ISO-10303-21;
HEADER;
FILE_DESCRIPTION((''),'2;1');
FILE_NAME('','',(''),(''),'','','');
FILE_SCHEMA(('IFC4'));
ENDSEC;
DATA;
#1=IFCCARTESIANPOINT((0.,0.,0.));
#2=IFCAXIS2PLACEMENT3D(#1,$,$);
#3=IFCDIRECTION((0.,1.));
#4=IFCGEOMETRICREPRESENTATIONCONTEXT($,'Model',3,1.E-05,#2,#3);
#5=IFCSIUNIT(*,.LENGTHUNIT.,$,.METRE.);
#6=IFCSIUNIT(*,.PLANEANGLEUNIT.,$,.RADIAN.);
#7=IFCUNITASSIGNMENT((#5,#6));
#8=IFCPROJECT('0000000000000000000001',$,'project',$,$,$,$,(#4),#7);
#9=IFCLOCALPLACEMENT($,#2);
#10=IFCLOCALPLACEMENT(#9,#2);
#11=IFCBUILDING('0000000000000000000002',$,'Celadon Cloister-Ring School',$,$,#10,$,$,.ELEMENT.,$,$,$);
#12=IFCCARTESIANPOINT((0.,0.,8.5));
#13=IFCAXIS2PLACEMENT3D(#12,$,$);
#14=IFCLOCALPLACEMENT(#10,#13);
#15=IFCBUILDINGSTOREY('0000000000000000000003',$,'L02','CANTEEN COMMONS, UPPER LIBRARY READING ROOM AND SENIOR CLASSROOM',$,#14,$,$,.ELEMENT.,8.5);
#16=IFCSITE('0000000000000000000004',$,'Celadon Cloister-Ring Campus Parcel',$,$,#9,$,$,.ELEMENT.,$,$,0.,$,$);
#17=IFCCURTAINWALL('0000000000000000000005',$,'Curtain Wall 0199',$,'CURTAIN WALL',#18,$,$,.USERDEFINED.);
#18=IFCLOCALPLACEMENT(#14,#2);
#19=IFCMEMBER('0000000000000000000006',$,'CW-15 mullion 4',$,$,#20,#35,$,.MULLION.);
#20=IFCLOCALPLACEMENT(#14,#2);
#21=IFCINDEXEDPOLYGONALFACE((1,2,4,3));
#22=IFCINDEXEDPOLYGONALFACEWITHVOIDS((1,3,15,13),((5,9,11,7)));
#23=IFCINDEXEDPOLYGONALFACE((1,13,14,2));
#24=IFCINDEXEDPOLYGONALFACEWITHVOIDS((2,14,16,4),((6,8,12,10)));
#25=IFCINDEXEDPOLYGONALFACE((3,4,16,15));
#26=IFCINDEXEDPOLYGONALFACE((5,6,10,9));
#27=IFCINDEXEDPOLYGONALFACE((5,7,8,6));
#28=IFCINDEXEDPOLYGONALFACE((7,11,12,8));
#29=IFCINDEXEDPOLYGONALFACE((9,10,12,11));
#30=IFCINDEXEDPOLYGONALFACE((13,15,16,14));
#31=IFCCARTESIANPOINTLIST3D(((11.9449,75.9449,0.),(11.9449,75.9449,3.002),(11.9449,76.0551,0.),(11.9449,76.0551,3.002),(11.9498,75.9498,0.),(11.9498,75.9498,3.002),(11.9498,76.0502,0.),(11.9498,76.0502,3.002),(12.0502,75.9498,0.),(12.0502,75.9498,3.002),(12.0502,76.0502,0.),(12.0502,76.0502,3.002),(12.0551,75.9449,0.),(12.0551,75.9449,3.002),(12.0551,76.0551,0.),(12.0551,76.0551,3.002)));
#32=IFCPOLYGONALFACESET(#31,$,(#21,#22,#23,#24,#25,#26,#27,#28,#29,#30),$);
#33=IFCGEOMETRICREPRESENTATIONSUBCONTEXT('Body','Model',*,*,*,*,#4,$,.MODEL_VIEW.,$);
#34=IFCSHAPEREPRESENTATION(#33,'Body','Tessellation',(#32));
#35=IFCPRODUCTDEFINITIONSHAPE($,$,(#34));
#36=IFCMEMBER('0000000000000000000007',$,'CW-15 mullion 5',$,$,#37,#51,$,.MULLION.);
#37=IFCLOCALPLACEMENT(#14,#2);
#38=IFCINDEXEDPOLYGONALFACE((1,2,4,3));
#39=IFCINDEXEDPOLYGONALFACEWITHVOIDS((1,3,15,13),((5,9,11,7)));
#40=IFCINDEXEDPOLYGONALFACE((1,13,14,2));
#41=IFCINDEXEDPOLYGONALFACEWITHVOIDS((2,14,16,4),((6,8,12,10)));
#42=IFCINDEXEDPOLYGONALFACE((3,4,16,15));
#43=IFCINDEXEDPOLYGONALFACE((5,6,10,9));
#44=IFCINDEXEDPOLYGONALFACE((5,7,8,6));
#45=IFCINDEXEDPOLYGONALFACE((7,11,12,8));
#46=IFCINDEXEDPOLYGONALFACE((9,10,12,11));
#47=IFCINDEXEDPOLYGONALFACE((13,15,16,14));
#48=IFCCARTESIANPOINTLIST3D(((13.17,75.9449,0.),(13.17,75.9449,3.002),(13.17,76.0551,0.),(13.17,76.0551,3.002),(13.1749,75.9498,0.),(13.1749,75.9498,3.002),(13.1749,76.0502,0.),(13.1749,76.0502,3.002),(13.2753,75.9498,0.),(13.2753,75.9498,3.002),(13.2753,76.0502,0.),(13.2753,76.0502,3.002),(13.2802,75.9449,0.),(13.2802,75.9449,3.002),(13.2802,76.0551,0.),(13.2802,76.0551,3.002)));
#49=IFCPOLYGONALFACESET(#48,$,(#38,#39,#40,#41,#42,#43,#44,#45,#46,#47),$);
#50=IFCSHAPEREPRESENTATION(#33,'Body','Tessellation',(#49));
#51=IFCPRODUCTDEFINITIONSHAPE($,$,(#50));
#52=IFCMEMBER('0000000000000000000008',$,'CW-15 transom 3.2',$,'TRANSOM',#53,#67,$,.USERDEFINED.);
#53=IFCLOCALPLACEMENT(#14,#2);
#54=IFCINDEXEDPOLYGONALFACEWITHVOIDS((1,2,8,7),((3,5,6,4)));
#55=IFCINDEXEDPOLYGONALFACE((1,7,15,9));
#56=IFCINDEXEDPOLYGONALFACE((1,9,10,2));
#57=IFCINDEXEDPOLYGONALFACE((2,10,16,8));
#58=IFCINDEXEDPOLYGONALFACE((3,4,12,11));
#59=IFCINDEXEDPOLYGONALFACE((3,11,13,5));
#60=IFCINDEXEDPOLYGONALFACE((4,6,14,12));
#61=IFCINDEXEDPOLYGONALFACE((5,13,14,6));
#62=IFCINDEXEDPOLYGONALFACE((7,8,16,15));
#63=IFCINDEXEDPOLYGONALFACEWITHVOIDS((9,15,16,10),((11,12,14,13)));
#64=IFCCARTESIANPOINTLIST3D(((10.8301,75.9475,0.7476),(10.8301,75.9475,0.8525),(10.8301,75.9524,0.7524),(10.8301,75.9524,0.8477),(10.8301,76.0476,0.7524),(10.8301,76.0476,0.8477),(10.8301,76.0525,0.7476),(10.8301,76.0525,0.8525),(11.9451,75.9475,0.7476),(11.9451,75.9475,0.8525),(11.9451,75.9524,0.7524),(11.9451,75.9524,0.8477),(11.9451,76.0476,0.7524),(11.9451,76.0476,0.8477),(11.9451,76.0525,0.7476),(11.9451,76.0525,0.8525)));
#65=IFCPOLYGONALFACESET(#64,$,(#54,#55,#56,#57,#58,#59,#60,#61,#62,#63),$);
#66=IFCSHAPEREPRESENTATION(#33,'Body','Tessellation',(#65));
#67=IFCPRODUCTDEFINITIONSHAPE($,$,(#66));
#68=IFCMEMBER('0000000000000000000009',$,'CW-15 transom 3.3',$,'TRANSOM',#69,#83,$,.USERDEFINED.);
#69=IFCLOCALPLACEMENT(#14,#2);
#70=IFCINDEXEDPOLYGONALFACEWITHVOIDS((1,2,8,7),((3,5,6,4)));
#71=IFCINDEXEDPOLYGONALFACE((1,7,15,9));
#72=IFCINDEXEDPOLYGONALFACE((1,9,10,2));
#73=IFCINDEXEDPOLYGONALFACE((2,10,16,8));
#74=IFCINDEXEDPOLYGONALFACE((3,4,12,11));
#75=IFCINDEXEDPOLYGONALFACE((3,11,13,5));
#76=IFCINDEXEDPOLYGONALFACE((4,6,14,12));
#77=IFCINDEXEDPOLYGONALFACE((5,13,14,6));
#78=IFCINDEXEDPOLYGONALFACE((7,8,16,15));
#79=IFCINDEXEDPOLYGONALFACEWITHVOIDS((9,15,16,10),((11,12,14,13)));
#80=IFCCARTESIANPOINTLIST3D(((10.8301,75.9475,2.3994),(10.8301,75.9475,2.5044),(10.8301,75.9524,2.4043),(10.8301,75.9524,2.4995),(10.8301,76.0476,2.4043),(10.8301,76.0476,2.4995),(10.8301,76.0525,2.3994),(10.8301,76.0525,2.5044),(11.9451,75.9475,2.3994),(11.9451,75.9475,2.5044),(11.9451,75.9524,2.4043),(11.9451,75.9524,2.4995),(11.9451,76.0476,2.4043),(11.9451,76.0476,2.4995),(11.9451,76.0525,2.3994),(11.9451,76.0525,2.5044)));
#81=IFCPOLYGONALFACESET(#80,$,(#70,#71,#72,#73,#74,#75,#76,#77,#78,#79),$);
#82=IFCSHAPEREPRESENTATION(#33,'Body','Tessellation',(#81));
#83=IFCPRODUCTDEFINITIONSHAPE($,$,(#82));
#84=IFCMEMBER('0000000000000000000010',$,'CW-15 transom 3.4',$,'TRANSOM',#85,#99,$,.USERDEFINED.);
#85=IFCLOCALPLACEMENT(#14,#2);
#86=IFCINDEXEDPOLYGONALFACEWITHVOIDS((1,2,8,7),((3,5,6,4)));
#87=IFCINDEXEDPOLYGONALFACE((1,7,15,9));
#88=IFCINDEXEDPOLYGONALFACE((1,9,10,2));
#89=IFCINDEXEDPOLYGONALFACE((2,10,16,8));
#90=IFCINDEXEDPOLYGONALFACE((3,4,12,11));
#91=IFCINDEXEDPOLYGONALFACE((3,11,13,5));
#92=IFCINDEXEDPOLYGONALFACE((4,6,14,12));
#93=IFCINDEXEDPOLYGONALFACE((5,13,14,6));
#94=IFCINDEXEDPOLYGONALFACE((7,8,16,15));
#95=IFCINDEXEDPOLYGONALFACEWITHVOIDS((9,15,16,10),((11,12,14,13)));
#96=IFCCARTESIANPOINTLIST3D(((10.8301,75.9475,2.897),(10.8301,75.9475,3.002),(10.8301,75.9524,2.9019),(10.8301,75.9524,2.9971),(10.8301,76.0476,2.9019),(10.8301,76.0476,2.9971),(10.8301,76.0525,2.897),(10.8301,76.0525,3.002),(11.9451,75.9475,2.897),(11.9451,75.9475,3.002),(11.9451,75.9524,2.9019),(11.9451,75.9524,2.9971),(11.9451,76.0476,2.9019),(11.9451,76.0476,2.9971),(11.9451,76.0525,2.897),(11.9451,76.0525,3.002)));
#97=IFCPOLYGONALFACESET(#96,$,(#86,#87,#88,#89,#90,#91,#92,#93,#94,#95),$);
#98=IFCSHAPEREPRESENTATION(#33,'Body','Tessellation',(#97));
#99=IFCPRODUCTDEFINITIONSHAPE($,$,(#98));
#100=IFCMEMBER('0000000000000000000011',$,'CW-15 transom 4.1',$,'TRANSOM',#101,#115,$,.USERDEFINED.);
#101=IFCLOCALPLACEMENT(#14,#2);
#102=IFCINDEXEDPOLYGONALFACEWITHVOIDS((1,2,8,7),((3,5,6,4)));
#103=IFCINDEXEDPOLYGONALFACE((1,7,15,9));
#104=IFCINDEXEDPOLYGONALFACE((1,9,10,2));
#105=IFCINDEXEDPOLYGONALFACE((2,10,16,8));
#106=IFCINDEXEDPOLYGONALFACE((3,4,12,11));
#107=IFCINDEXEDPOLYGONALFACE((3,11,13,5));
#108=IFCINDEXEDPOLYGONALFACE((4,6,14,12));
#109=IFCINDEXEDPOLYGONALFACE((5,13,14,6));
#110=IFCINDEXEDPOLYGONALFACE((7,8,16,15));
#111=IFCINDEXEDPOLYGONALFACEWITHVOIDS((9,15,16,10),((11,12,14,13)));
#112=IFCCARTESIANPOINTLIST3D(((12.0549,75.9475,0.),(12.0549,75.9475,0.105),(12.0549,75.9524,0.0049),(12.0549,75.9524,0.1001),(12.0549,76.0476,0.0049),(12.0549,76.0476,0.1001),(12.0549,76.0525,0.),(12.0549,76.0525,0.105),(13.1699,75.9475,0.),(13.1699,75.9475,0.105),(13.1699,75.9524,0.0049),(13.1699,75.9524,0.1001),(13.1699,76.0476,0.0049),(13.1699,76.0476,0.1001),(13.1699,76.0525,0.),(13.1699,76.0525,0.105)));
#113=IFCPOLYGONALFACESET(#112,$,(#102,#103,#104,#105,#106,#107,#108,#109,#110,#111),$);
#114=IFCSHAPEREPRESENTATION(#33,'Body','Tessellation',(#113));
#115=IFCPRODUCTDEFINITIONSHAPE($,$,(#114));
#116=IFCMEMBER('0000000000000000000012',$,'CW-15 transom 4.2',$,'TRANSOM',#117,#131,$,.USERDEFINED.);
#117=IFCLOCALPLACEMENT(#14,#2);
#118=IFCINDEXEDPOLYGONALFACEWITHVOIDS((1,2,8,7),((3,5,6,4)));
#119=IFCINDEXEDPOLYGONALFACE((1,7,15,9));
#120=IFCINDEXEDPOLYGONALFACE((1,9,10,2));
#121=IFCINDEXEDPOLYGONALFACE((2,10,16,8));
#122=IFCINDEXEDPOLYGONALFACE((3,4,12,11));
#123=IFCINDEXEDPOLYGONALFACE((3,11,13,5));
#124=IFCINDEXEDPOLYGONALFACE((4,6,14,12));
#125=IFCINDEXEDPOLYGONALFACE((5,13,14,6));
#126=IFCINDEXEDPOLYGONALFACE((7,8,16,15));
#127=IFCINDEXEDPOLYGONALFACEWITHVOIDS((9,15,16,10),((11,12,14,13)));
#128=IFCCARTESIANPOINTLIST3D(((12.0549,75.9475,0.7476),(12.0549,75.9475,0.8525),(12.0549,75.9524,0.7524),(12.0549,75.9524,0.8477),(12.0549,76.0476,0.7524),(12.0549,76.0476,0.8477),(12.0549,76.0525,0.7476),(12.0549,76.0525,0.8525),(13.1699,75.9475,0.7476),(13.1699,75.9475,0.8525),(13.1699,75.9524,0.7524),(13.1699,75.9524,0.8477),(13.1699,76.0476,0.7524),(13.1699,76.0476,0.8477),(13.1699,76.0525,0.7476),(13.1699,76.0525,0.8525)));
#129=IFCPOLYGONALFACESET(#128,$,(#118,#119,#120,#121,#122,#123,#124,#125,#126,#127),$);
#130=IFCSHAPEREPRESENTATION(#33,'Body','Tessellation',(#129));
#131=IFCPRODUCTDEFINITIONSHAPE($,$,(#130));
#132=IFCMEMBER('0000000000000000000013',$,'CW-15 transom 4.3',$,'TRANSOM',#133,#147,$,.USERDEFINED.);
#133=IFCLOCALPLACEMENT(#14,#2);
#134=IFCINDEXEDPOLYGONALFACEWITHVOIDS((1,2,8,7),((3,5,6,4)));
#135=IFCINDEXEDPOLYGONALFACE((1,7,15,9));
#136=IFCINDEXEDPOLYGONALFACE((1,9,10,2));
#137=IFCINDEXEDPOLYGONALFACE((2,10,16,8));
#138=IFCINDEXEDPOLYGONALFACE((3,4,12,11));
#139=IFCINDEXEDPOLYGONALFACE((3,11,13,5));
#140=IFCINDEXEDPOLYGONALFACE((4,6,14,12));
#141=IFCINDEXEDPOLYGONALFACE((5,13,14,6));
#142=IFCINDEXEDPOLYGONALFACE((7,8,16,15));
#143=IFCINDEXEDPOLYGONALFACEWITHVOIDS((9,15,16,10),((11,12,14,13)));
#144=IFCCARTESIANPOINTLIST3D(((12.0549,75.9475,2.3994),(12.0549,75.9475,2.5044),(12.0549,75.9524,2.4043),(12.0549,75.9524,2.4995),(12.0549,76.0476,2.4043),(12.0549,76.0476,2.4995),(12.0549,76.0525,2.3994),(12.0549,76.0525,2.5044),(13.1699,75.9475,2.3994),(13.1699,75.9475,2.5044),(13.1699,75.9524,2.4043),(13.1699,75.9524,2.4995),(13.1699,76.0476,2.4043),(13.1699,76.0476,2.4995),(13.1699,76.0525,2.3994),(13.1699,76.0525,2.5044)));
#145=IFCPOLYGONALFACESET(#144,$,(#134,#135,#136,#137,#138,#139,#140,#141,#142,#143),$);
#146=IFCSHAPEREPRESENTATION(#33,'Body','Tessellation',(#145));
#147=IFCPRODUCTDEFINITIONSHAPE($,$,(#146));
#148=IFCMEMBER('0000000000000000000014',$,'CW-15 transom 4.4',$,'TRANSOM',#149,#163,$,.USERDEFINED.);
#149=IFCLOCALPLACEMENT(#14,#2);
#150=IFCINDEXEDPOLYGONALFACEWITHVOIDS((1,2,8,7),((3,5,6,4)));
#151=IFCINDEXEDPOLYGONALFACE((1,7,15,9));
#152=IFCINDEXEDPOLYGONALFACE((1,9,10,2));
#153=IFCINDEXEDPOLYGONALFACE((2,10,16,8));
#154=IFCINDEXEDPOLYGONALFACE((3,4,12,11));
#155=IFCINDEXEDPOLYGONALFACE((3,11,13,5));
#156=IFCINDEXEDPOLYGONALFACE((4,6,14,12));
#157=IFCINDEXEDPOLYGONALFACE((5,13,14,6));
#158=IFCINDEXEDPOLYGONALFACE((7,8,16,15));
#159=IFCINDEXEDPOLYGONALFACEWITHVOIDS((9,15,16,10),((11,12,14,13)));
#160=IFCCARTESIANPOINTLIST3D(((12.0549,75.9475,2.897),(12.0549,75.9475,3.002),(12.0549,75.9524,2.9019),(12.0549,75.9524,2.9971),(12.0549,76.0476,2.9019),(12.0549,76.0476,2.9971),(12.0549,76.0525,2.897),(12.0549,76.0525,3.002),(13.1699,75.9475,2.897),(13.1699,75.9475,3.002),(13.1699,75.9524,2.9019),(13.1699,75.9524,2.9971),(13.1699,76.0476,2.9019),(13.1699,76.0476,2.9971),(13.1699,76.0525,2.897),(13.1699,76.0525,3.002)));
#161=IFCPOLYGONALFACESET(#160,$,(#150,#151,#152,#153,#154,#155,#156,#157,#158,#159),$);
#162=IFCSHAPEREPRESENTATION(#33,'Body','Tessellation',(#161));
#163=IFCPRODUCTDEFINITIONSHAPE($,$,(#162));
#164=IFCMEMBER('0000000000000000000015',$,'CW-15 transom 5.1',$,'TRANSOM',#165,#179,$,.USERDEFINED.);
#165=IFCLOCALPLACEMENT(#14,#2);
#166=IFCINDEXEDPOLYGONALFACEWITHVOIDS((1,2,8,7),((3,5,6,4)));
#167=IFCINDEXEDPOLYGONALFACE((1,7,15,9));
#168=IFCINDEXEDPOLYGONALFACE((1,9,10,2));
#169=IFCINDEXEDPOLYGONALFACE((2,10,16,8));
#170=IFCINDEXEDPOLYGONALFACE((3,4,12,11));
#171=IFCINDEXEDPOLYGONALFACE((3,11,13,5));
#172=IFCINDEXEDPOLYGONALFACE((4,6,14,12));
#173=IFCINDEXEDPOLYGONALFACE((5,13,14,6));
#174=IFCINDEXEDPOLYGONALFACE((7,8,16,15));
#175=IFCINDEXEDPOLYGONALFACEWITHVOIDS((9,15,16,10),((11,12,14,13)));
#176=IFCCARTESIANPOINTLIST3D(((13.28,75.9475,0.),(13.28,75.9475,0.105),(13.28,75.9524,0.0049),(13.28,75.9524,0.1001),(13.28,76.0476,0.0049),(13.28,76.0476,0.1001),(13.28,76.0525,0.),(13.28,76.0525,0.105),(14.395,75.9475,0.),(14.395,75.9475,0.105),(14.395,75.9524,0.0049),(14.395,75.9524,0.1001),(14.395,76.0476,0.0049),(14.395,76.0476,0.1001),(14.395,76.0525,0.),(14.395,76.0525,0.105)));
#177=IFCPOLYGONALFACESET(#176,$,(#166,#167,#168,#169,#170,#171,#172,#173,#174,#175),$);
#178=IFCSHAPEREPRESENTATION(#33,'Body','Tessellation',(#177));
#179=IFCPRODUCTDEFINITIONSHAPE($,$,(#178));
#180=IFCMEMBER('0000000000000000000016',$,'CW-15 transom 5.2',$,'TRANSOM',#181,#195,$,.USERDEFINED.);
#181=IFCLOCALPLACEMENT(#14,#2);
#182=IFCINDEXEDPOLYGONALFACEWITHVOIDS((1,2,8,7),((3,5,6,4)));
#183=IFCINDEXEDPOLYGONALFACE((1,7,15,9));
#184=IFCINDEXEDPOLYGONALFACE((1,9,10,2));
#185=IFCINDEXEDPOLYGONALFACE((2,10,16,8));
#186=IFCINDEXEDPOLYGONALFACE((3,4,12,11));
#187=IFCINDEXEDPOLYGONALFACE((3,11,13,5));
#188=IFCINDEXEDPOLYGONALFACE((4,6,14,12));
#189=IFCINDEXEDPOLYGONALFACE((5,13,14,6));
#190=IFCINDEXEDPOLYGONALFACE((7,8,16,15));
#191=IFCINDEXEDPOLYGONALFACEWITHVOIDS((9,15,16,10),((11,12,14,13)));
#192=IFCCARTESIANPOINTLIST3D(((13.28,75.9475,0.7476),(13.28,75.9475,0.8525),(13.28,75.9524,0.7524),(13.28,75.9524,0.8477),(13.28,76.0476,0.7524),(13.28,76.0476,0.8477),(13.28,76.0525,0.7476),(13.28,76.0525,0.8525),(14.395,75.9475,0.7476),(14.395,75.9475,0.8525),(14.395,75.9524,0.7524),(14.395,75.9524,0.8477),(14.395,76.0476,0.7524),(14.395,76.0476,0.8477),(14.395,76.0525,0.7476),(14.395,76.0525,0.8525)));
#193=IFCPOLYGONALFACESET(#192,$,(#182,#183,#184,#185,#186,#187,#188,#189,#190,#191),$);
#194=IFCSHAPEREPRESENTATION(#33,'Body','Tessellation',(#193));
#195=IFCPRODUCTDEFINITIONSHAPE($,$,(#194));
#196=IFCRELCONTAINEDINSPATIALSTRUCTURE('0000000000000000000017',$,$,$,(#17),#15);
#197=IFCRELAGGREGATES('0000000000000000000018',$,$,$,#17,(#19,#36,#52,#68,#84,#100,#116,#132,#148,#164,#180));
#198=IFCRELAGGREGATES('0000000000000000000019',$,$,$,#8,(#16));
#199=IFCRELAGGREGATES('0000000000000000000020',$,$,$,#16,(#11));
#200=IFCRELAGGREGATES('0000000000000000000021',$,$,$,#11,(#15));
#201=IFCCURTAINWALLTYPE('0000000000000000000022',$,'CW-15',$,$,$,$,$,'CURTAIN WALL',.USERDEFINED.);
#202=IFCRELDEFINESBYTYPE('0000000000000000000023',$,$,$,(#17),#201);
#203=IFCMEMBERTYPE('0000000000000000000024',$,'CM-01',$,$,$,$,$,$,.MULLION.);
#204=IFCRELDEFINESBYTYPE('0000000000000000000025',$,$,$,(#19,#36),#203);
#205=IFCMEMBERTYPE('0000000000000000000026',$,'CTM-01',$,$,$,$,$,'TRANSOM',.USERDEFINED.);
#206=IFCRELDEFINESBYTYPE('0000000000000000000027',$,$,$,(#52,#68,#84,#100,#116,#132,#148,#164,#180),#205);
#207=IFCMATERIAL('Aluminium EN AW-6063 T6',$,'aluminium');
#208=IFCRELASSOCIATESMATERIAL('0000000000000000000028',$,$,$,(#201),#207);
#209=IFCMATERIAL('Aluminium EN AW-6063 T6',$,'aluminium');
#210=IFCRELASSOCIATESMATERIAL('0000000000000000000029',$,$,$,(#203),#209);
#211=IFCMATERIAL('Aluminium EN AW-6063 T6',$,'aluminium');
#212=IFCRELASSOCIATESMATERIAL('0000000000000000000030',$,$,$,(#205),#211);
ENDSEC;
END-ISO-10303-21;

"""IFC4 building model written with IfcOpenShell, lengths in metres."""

from ifc_helpers import new_model, si_unit, direction, frame, origin, origin_2d, place, context, subcontext, project, spatial, hollow_rectangle, extrude, material, material_profile, profile_set, type_object, element, aggregate, save


model = new_model("IFC4")

# Units and contexts
model_context = context("Model", 3, precision=1e-05, world=origin(), true_north=direction((0.0, 1.0)))
body_context = subcontext(model_context, "Body", "Model", "MODEL_VIEW")
ifc_project = project(units=[si_unit("LENGTHUNIT", "METRE"), si_unit("PLANEANGLEUNIT", "RADIAN")], contexts=[model_context])

# Site, building, storey
site_placement = place(None, origin())
site = spatial("IfcSite", under=ifc_project, at=site_placement, Name="Celadon Cloister-Ring Campus Parcel", CompositionType="ELEMENT", RefElevation=0.0)
building_placement = place(site_placement, origin())
building = spatial("IfcBuilding", under=site, at=building_placement, Name="Celadon Cloister-Ring School", CompositionType="ELEMENT")
storey_placement = place(building_placement, frame((0.0, 0.0, 8.5)))
storey = spatial("IfcBuildingStorey", under=building, at=storey_placement, Name="L02", Description="CANTEEN COMMONS, UPPER LIBRARY READING ROOM AND SENIOR CLASSROOM", CompositionType="ELEMENT", Elevation=8.5)

# Curtain wall, members
ifc_material_1 = material(Name="Aluminium EN AW-6063 T6", Category="aluminium")
curtain_wall_type = type_object("IfcCurtainWallType", Name="CW-15", ElementType="CURTAIN WALL", PredefinedType="USERDEFINED", material=ifc_material_1)
curtain_wall_placement = place(storey_placement, origin())
curtain_wall = element("IfcCurtainWall", 1, at=curtain_wall_placement, inside=storey, type_object=curtain_wall_type, Name="Curtain Wall 0199", ObjectType="CURTAIN WALL", PredefinedType="USERDEFINED")
ifc_material_2 = material(Name="Aluminium EN AW-6063 T6", Category="aluminium")
ifc_material_profile_1 = material_profile(ifc_material_2, hollow_rectangle(XDim=0.1101, YDim=0.1101, WallThickness=0.0049, at=origin_2d()), Name="RHS110X110X5")
ifc_profile_set_1 = profile_set([ifc_material_profile_1], Name="Aluminium EN AW-6063 T6")
member_type_1 = type_object("IfcMemberType", Name="CM-01", PredefinedType="MULLION", material=ifc_profile_set_1)
member_1_placement = place(storey_placement, frame((12.0, 76.0, 0.0), z_axis=(0.0, 0.0, 1.0), x_axis=(0.0, 1.0, 0.0)))
member_1 = element("IfcMember", 2, at=member_1_placement, type_object=member_type_1, Name="CW-15 mullion 4", PredefinedType="MULLION", context=body_context, shape_type="SweptSolid", body=[
    extrude(hollow_rectangle(XDim=0.1101, YDim=0.1101, WallThickness=0.0049, at=origin_2d()), origin(), (0.0, 0.0, 1.0), 3.002),
])
member_2_placement = place(storey_placement, frame((13.2251, 76.0, 0.0), z_axis=(0.0, 0.0, 1.0), x_axis=(0.0, 1.0, 0.0)))
member_2 = element("IfcMember", 3, at=member_2_placement, type_object=member_type_1, Name="CW-15 mullion 5", PredefinedType="MULLION", context=body_context, shape_type="SweptSolid", body=[
    extrude(hollow_rectangle(XDim=0.1101, YDim=0.1101, WallThickness=0.0049, at=origin_2d()), origin(), (0.0, 0.0, 1.0), 3.002),
])
ifc_material_3 = material(Name="Aluminium EN AW-6063 T6", Category="aluminium")
ifc_material_profile_2 = material_profile(ifc_material_3, hollow_rectangle(XDim=0.105, YDim=0.105, WallThickness=0.0049, at=origin_2d()), Name="RHS105X105X5")
ifc_profile_set_2 = profile_set([ifc_material_profile_2], Name="Aluminium EN AW-6063 T6")
member_type_2 = type_object("IfcMemberType", Name="CTM-01", ElementType="TRANSOM", PredefinedType="USERDEFINED", material=ifc_profile_set_2)
member_3_placement = place(storey_placement, frame((10.8301, 76.0, 0.8), z_axis=(1.0, 0.0, 0.0), x_axis=(0.0, 1.0, 0.0)))
member_3 = element("IfcMember", 4, at=member_3_placement, type_object=member_type_2, Name="CW-15 transom 3.2", ObjectType="TRANSOM", PredefinedType="USERDEFINED", context=body_context, shape_type="SweptSolid", body=[
    extrude(hollow_rectangle(XDim=0.105, YDim=0.105, WallThickness=0.0049, at=origin_2d()), origin(), (0.0, 0.0, 1.0), 1.115),
])
member_4_placement = place(storey_placement, frame((10.8301, 76.0, 2.4519), z_axis=(1.0, 0.0, 0.0), x_axis=(0.0, 1.0, 0.0)))
member_4 = element("IfcMember", 5, at=member_4_placement, type_object=member_type_2, Name="CW-15 transom 3.3", ObjectType="TRANSOM", PredefinedType="USERDEFINED", context=body_context, shape_type="SweptSolid", body=[
    extrude(hollow_rectangle(XDim=0.105, YDim=0.105, WallThickness=0.0049, at=origin_2d()), origin(), (0.0, 0.0, 1.0), 1.115),
])
member_5_placement = place(storey_placement, frame((10.8301, 76.0, 2.9495), z_axis=(1.0, 0.0, 0.0), x_axis=(0.0, 1.0, 0.0)))
member_5 = element("IfcMember", 6, at=member_5_placement, type_object=member_type_2, Name="CW-15 transom 3.4", ObjectType="TRANSOM", PredefinedType="USERDEFINED", context=body_context, shape_type="SweptSolid", body=[
    extrude(hollow_rectangle(XDim=0.105, YDim=0.105, WallThickness=0.0049, at=origin_2d()), origin(), (0.0, 0.0, 1.0), 1.115),
])
member_6_placement = place(storey_placement, frame((12.0549, 76.0, 0.0525), z_axis=(1.0, 0.0, 0.0), x_axis=(0.0, 1.0, 0.0)))
member_6 = element("IfcMember", 7, at=member_6_placement, type_object=member_type_2, Name="CW-15 transom 4.1", ObjectType="TRANSOM", PredefinedType="USERDEFINED", context=body_context, shape_type="SweptSolid", body=[
    extrude(hollow_rectangle(XDim=0.105, YDim=0.105, WallThickness=0.0049, at=origin_2d()), origin(), (0.0, 0.0, 1.0), 1.115),
])
member_7_placement = place(storey_placement, frame((12.0549, 76.0, 0.8), z_axis=(1.0, 0.0, 0.0), x_axis=(0.0, 1.0, 0.0)))
member_7 = element("IfcMember", 8, at=member_7_placement, type_object=member_type_2, Name="CW-15 transom 4.2", ObjectType="TRANSOM", PredefinedType="USERDEFINED", context=body_context, shape_type="SweptSolid", body=[
    extrude(hollow_rectangle(XDim=0.105, YDim=0.105, WallThickness=0.0049, at=origin_2d()), origin(), (0.0, 0.0, 1.0), 1.115),
])
member_8_placement = place(storey_placement, frame((12.0549, 76.0, 2.4519), z_axis=(1.0, 0.0, 0.0), x_axis=(0.0, 1.0, 0.0)))
member_8 = element("IfcMember", 9, at=member_8_placement, type_object=member_type_2, Name="CW-15 transom 4.3", ObjectType="TRANSOM", PredefinedType="USERDEFINED", context=body_context, shape_type="SweptSolid", body=[
    extrude(hollow_rectangle(XDim=0.105, YDim=0.105, WallThickness=0.0049, at=origin_2d()), origin(), (0.0, 0.0, 1.0), 1.115),
])
member_9_placement = place(storey_placement, frame((12.0549, 76.0, 2.9495), z_axis=(1.0, 0.0, 0.0), x_axis=(0.0, 1.0, 0.0)))
member_9 = element("IfcMember", 10, at=member_9_placement, type_object=member_type_2, Name="CW-15 transom 4.4", ObjectType="TRANSOM", PredefinedType="USERDEFINED", context=body_context, shape_type="SweptSolid", body=[
    extrude(hollow_rectangle(XDim=0.105, YDim=0.105, WallThickness=0.0049, at=origin_2d()), origin(), (0.0, 0.0, 1.0), 1.115),
])
member_10_placement = place(storey_placement, frame((13.28, 76.0, 0.0525), z_axis=(1.0, 0.0, 0.0), x_axis=(0.0, 1.0, 0.0)))
member_10 = element("IfcMember", 11, at=member_10_placement, type_object=member_type_2, Name="CW-15 transom 5.1", ObjectType="TRANSOM", PredefinedType="USERDEFINED", context=body_context, shape_type="SweptSolid", body=[
    extrude(hollow_rectangle(XDim=0.105, YDim=0.105, WallThickness=0.0049, at=origin_2d()), origin(), (0.0, 0.0, 1.0), 1.115),
])
member_11_placement = place(storey_placement, frame((13.28, 76.0, 0.8), z_axis=(1.0, 0.0, 0.0), x_axis=(0.0, 1.0, 0.0)))
member_11 = element("IfcMember", 12, at=member_11_placement, type_object=member_type_2, Name="CW-15 transom 5.2", ObjectType="TRANSOM", PredefinedType="USERDEFINED", context=body_context, shape_type="SweptSolid", body=[
    extrude(hollow_rectangle(XDim=0.105, YDim=0.105, WallThickness=0.0049, at=origin_2d()), origin(), (0.0, 0.0, 1.0), 1.115),
])
aggregate(curtain_wall, [member_1, member_2, member_3, member_4, member_5, member_6, member_7, member_8, member_9, member_10, member_11])

save(model, "model.ifc")
